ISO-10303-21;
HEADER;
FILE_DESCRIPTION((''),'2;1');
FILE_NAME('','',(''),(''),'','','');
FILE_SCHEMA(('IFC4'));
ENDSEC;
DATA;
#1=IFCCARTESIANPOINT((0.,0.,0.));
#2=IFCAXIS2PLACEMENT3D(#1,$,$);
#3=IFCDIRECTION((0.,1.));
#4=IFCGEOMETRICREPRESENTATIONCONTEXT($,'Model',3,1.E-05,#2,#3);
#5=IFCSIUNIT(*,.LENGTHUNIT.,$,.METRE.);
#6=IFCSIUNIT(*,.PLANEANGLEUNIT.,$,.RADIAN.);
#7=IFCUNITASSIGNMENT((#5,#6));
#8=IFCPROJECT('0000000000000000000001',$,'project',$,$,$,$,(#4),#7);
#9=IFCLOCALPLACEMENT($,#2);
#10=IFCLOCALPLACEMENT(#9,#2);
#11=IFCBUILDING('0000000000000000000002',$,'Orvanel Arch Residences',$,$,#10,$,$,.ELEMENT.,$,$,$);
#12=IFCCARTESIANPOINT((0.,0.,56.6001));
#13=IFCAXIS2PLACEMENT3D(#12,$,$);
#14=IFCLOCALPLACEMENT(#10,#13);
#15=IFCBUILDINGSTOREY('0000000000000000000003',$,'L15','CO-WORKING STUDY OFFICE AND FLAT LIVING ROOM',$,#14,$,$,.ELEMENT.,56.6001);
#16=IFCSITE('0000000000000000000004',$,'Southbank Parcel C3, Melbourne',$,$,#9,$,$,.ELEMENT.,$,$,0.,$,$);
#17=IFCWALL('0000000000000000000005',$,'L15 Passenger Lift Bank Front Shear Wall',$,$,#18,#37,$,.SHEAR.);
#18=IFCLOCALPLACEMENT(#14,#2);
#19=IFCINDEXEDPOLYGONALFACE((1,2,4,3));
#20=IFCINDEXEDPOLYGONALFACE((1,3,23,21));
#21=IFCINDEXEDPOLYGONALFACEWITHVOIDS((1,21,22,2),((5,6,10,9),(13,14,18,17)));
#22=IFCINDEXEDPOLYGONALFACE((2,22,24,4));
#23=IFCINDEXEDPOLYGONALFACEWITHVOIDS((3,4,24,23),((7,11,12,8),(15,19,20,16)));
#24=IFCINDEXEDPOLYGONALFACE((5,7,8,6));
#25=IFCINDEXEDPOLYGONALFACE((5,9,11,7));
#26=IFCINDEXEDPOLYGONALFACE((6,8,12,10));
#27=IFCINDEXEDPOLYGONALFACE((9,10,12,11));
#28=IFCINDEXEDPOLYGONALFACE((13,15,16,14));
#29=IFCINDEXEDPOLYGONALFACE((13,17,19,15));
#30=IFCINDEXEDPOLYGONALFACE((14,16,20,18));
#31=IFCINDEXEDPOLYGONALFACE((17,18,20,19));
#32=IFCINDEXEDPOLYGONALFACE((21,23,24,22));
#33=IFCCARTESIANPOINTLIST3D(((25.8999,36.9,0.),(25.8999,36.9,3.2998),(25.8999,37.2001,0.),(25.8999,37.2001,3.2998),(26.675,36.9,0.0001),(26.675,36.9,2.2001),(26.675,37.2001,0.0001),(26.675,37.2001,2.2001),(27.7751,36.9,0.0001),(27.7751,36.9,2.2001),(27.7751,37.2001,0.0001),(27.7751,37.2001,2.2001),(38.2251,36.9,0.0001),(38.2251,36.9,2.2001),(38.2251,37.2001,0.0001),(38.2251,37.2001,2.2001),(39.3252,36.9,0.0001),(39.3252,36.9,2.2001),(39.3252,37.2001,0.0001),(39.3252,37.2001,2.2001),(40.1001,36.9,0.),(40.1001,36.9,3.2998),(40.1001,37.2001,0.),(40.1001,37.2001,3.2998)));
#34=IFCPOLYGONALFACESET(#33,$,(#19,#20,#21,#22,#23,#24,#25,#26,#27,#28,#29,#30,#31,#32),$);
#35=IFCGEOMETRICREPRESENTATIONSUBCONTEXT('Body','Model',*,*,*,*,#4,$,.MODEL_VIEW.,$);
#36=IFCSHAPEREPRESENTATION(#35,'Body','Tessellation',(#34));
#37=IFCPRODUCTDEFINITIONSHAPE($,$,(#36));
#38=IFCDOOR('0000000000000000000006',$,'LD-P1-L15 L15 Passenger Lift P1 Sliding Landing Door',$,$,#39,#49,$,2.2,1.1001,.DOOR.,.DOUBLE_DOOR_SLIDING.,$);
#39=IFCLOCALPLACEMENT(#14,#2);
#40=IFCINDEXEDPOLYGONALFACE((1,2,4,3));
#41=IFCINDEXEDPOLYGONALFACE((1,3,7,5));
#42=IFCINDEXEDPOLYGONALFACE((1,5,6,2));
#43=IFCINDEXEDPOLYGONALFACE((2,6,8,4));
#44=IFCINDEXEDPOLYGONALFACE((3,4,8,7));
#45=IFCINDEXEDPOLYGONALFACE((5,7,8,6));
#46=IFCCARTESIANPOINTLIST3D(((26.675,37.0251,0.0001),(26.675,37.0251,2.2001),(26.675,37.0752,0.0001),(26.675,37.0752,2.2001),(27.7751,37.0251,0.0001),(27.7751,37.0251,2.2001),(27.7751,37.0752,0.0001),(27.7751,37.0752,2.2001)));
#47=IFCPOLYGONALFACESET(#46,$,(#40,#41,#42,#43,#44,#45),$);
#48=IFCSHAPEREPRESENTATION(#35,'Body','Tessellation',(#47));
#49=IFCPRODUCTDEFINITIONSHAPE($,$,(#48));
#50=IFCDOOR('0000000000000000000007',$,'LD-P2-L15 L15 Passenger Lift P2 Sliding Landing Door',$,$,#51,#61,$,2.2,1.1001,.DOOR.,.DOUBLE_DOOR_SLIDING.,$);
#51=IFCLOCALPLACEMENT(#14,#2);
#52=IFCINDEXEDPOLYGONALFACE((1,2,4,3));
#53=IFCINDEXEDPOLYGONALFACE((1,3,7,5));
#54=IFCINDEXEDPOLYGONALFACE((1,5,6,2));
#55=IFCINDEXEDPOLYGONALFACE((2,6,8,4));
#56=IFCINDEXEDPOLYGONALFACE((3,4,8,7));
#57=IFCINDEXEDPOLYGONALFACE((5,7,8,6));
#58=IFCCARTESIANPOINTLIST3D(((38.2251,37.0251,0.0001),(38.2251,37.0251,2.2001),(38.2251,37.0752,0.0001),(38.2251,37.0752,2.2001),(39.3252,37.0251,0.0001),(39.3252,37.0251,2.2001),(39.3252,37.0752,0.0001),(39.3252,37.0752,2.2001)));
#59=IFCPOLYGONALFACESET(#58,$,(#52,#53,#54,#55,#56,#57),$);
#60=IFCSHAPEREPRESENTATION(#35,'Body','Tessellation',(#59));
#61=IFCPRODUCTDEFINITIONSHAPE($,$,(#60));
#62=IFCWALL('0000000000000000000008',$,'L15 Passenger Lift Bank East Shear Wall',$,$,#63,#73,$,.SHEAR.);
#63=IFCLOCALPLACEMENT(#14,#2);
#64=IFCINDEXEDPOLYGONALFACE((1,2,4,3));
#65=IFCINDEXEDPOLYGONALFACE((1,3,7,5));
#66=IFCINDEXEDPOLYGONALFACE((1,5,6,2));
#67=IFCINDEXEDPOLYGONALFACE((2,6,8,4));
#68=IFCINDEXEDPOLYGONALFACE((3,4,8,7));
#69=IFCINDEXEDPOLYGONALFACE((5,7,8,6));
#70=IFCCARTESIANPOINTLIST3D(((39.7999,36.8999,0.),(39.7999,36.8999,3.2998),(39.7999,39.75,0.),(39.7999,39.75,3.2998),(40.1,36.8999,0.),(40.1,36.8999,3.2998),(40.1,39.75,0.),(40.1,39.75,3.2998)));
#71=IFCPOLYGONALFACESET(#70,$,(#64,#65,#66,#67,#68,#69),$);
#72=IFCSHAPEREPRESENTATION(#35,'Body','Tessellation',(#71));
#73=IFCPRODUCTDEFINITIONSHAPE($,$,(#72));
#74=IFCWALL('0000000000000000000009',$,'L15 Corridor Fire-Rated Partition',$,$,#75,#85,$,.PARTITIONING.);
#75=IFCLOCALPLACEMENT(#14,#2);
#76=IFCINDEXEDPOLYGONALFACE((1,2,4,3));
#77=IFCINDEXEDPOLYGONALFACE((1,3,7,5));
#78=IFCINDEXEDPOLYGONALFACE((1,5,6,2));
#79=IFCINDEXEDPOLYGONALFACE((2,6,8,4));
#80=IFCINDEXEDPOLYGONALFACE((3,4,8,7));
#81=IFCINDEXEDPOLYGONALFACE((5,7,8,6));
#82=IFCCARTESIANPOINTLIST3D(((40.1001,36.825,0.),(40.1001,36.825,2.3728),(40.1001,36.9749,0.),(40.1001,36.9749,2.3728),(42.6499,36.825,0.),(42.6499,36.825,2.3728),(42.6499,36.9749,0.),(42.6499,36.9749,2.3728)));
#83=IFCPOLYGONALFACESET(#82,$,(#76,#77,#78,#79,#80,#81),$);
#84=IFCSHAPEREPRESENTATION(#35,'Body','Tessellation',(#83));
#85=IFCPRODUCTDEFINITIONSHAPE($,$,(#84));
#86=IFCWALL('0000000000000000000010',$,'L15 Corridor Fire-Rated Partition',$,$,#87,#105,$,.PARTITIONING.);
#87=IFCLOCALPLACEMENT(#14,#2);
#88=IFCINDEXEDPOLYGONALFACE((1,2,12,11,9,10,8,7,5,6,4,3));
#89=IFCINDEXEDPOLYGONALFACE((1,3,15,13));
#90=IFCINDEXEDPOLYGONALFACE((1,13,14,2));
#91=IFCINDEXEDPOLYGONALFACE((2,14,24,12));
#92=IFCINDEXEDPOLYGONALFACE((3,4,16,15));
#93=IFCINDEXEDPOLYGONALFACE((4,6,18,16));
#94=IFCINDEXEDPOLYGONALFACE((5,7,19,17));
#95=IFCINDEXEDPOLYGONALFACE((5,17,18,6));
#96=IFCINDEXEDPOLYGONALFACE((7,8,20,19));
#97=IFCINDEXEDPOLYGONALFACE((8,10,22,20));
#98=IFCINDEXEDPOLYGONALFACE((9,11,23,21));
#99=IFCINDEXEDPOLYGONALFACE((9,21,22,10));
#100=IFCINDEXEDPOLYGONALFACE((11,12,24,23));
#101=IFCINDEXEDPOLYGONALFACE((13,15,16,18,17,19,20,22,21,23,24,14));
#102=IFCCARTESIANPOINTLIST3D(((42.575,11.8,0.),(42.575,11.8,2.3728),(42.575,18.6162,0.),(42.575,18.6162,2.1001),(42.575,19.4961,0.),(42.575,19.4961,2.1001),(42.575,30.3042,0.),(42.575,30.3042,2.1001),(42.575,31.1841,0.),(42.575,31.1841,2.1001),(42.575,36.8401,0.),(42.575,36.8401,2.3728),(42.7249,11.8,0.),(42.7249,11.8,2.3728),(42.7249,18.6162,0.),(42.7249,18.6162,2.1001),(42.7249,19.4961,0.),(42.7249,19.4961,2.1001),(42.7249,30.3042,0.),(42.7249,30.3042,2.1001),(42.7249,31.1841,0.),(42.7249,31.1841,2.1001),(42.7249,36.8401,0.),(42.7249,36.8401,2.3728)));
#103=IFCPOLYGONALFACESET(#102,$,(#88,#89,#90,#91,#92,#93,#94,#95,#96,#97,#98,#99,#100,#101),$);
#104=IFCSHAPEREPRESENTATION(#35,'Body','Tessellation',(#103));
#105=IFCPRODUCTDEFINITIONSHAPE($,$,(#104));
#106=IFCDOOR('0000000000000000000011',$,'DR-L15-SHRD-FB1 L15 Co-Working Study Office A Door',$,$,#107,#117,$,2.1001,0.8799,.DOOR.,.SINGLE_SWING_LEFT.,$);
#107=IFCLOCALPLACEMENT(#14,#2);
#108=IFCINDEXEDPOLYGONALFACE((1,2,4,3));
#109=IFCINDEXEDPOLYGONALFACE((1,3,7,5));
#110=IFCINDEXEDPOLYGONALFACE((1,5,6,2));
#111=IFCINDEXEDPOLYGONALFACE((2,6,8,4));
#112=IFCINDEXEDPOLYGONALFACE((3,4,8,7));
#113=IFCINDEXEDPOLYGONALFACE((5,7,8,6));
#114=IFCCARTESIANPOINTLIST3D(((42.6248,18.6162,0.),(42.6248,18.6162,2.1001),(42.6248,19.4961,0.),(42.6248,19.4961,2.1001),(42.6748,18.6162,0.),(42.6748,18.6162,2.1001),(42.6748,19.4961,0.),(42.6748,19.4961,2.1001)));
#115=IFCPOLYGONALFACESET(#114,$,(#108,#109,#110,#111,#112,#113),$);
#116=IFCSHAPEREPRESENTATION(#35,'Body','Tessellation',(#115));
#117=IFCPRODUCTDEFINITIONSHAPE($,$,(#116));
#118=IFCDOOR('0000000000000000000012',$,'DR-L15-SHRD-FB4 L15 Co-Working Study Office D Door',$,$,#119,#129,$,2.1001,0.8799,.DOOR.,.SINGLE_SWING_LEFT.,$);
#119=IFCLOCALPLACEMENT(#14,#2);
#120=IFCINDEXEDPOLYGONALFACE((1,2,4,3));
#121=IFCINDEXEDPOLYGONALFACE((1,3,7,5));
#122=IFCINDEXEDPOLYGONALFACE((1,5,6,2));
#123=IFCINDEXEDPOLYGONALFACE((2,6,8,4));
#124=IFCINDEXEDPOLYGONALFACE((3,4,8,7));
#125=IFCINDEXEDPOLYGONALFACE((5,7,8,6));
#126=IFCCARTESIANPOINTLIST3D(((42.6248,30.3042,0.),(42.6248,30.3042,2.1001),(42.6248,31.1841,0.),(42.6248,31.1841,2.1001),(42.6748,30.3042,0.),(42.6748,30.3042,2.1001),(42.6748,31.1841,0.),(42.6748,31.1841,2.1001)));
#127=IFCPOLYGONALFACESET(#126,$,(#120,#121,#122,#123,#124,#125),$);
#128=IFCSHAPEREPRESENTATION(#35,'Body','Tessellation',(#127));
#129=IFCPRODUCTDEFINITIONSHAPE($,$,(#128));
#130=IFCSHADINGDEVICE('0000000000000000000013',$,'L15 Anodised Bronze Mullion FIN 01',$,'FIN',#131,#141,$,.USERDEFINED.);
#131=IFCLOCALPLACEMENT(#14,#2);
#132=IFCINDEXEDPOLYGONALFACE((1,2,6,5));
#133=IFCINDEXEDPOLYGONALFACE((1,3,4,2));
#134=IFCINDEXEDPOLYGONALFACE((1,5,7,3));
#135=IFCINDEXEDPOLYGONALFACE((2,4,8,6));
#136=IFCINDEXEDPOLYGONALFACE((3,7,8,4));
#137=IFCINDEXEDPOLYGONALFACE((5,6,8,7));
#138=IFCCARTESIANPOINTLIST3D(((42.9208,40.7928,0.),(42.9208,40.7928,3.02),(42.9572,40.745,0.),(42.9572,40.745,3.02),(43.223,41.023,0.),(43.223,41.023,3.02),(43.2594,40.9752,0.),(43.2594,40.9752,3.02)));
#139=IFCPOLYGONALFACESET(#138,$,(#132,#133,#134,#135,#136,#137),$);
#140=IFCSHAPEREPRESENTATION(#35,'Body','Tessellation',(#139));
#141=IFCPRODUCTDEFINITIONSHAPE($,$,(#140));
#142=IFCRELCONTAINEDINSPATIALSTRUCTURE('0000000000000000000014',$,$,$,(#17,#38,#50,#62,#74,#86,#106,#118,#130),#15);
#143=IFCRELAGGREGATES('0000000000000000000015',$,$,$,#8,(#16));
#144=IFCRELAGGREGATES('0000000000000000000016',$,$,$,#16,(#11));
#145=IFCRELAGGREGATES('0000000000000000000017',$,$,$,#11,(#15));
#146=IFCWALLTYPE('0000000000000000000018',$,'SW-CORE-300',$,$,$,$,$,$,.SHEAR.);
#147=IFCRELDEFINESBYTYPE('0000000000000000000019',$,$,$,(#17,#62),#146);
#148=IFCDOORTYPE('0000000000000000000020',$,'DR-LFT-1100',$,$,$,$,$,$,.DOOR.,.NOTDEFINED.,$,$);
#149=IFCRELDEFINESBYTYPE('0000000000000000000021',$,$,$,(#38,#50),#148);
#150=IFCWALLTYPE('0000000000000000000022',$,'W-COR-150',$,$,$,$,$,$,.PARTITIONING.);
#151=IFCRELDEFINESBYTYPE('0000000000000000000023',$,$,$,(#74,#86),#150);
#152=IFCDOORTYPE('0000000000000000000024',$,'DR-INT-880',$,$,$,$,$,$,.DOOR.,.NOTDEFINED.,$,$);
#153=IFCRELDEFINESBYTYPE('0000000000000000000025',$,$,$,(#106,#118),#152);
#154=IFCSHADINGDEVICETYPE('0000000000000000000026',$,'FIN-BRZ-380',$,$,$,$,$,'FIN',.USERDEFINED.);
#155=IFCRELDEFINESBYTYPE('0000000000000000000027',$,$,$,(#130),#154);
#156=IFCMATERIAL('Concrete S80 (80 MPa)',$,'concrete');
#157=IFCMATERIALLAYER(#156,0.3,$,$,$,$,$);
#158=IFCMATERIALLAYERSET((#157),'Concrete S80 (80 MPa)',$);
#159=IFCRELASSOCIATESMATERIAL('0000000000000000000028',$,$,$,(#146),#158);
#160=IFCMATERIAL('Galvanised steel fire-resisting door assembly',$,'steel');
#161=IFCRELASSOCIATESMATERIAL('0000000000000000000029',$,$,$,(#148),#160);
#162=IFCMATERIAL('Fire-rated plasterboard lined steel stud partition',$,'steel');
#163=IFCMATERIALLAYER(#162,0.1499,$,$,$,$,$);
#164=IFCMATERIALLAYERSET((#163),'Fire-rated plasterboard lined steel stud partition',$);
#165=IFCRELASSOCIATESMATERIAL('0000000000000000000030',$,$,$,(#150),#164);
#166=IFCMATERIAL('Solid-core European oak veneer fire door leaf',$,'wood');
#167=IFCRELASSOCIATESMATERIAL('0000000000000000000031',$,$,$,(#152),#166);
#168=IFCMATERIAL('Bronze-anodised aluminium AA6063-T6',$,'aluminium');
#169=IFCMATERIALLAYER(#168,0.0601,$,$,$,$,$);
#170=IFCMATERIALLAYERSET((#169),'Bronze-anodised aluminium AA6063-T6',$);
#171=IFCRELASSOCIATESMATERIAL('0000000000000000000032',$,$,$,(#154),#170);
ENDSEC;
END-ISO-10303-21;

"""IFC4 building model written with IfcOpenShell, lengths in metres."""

from ifc_helpers import new_model, si_unit, direction, frame, frame_2d, origin, origin_2d, place, context, subcontext, project, spatial, rectangle, extrude, material, layer, layer_set, type_object, element, fill, save


model = new_model("IFC4")

# Units and contexts
model_context = context("Model", 3, precision=1e-05, world=origin(), true_north=direction((0.0, 1.0)))
body_context = subcontext(model_context, "Body", "Model", "MODEL_VIEW")
ifc_project = project(units=[si_unit("LENGTHUNIT", "METRE"), si_unit("PLANEANGLEUNIT", "RADIAN")], contexts=[model_context])

# Site, building, storey
site_placement = place(None, origin())
site = spatial("IfcSite", under=ifc_project, at=site_placement, Name="Southbank Parcel C3, Melbourne", CompositionType="ELEMENT", RefElevation=0.0)
building_placement = place(site_placement, origin())
building = spatial("IfcBuilding", under=site, at=building_placement, Name="Orvanel Arch Residences", CompositionType="ELEMENT")
storey_placement = place(building_placement, frame((0.0, 0.0, 56.6001)))
storey = spatial("IfcBuildingStorey", under=building, at=storey_placement, Name="L15", Description="CO-WORKING STUDY OFFICE AND FLAT LIVING ROOM", CompositionType="ELEMENT", Elevation=56.6001)

# Shared definitions
ifc_material_1 = material(Name="Bronze-anodised aluminium AA6063-T6", Category="aluminium")

# Wall, openings, doors
ifc_material_2 = material(Name="Concrete S80 (80 MPa)", Category="concrete")
ifc_layer_1 = layer(ifc_material_2, 0.3)
ifc_layer_set_1 = layer_set([ifc_layer_1], Name="Concrete S80 (80 MPa)")
wall_type_1 = type_object("IfcWallType", Name="SW-CORE-300", PredefinedType="SHEAR", material=ifc_layer_set_1)
wall_1_placement = place(storey_placement, frame((40.1001, 37.05, 0.0), z_axis=(0.0, 0.0, 1.0), x_axis=(-1.0, 0.0, 0.0)))
wall_1 = element("IfcWall", 1, at=wall_1_placement, inside=storey, type_object=wall_type_1, Name="L15 Passenger Lift Bank Front Shear Wall", PredefinedType="SHEAR", context=body_context, shape_type="SweptSolid", body=[
    extrude(rectangle(XDim=14.2002, YDim=0.3, at=frame_2d((7.1001, 0.0))), origin(), (0.0, 0.0, 1.0), 3.2998),
])
opening_1_placement = place(wall_1_placement, frame((12.325, 0.0, 0.0)))
opening_1 = element("IfcOpeningElement", 2, at=opening_1_placement, cuts=wall_1, PredefinedType="OPENING", context=body_context, shape_type="SweptSolid", body=[
    extrude(rectangle(XDim=1.1001, YDim=2.2, at=frame_2d((0.55, 1.1001))), frame((0.0, 0.1599, 0.0), z_axis=(0.0, -1.0, 0.0), x_axis=(1.0, 0.0, 0.0)), (0.0, 0.0, 1.0), 0.3201),
])
opening_2_placement = place(wall_1_placement, frame((0.7749, 0.0, 0.0)))
opening_2 = element("IfcOpeningElement", 3, at=opening_2_placement, cuts=wall_1, PredefinedType="OPENING", context=body_context, shape_type="SweptSolid", body=[
    extrude(rectangle(XDim=1.1001, YDim=2.2, at=frame_2d((0.55, 1.1001))), frame((0.0, 0.1599, 0.0), z_axis=(0.0, -1.0, 0.0), x_axis=(1.0, 0.0, 0.0)), (0.0, 0.0, 1.0), 0.3201),
])
ifc_material_3 = material(Name="Galvanised steel fire-resisting door assembly", Category="steel")
door_type_1 = type_object("IfcDoorType", Name="DR-LFT-1100", OperationType="NOTDEFINED", PredefinedType="DOOR", material=ifc_material_3)
door_1_placement = place(opening_1_placement, origin())
door_1 = element("IfcDoor", 4, at=door_1_placement, inside=storey, type_object=door_type_1, Name="LD-P1-L15 L15 Passenger Lift P1 Sliding Landing Door", OperationType="DOUBLE_DOOR_SLIDING", OverallHeight=2.2, OverallWidth=1.1001, PredefinedType="DOOR", context=body_context, shape_type="SweptSolid", body=[
    extrude(rectangle(XDim=1.1001, YDim=2.2, at=frame_2d((0.55, 1.1001))), frame((0.0, 0.0249, 0.0), z_axis=(0.0, -1.0, 0.0), x_axis=(1.0, 0.0, 0.0)), (0.0, 0.0, 1.0), 0.05),
])
fill(opening_1, door_1)
door_2_placement = place(opening_2_placement, origin())
door_2 = element("IfcDoor", 5, at=door_2_placement, inside=storey, type_object=door_type_1, Name="LD-P2-L15 L15 Passenger Lift P2 Sliding Landing Door", OperationType="DOUBLE_DOOR_SLIDING", OverallHeight=2.2, OverallWidth=1.1001, PredefinedType="DOOR", context=body_context, shape_type="SweptSolid", body=[
    extrude(rectangle(XDim=1.1001, YDim=2.2, at=frame_2d((0.55, 1.1001))), frame((0.0, 0.0249, 0.0), z_axis=(0.0, -1.0, 0.0), x_axis=(1.0, 0.0, 0.0)), (0.0, 0.0, 1.0), 0.05),
])
fill(opening_2, door_2)

# Walls
wall_2_placement = place(storey_placement, frame((39.95, 36.8999, 0.0), z_axis=(0.0, 0.0, 1.0), x_axis=(0.0, 1.0, 0.0)))
element("IfcWall", 6, at=wall_2_placement, inside=storey, type_object=wall_type_1, Name="L15 Passenger Lift Bank East Shear Wall", PredefinedType="SHEAR", context=body_context, shape_type="SweptSolid", body=[
    extrude(rectangle(XDim=2.8501, YDim=0.3, at=frame_2d((1.425, 0.0))), origin(), (0.0, 0.0, 1.0), 3.2998),
])
ifc_material_4 = material(Name="Fire-rated plasterboard lined steel stud partition", Category="steel")
ifc_layer_2 = layer(ifc_material_4, 0.1499)
ifc_layer_set_2 = layer_set([ifc_layer_2], Name="Fire-rated plasterboard lined steel stud partition")
wall_type_2 = type_object("IfcWallType", Name="W-COR-150", PredefinedType="PARTITIONING", material=ifc_layer_set_2)
wall_3_placement = place(storey_placement, frame((40.1001, 36.8999, 0.0), z_axis=(0.0, 0.0, 1.0), x_axis=(1.0, 0.0, 0.0)))
element("IfcWall", 7, at=wall_3_placement, inside=storey, type_object=wall_type_2, Name="L15 Corridor Fire-Rated Partition", PredefinedType="PARTITIONING", context=body_context, shape_type="SweptSolid", body=[
    extrude(rectangle(XDim=2.5498, YDim=0.1499, at=frame_2d((1.2749, 0.0))), origin(), (0.0, 0.0, 1.0), 2.3728),
])

# Wall, openings, doors
wall_4_placement = place(storey_placement, frame((42.6499, 36.8401, 0.0), z_axis=(0.0, 0.0, 1.0), x_axis=(0.0, -1.0, 0.0)))
wall_4 = element("IfcWall", 8, at=wall_4_placement, inside=storey, type_object=wall_type_2, Name="L15 Corridor Fire-Rated Partition", PredefinedType="PARTITIONING", context=body_context, shape_type="SweptSolid", body=[
    extrude(rectangle(XDim=25.04, YDim=0.1499, at=frame_2d((12.52, 0.0))), origin(), (0.0, 0.0, 1.0), 2.3728),
])
opening_3_placement = place(wall_4_placement, frame((17.344, 0.0, 0.0)))
opening_3 = element("IfcOpeningElement", 9, at=opening_3_placement, cuts=wall_4, PredefinedType="OPENING", context=body_context, shape_type="SweptSolid", body=[
    extrude(rectangle(XDim=0.8799, YDim=2.1001, at=frame_2d((0.4399, 1.05))), frame((0.0, 0.085, 0.0), z_axis=(0.0, -1.0, 0.0), x_axis=(1.0, 0.0, 0.0)), (0.0, 0.0, 1.0), 0.1699),
])
opening_4_placement = place(wall_4_placement, frame((5.656, 0.0, 0.0)))
opening_4 = element("IfcOpeningElement", 10, at=opening_4_placement, cuts=wall_4, PredefinedType="OPENING", context=body_context, shape_type="SweptSolid", body=[
    extrude(rectangle(XDim=0.8799, YDim=2.1001, at=frame_2d((0.4399, 1.05))), frame((0.0, 0.085, 0.0), z_axis=(0.0, -1.0, 0.0), x_axis=(1.0, 0.0, 0.0)), (0.0, 0.0, 1.0), 0.1699),
])
ifc_material_5 = material(Name="Solid-core European oak veneer fire door leaf", Category="wood")
door_type_2 = type_object("IfcDoorType", Name="DR-INT-880", OperationType="NOTDEFINED", PredefinedType="DOOR", material=ifc_material_5)
door_3_placement = place(opening_3_placement, origin())
door_3 = element("IfcDoor", 11, at=door_3_placement, inside=storey, type_object=door_type_2, Name="DR-L15-SHRD-FB1 L15 Co-Working Study Office A Door", OperationType="SINGLE_SWING_LEFT", OverallHeight=2.1001, OverallWidth=0.8799, PredefinedType="DOOR", context=body_context, shape_type="SweptSolid", body=[
    extrude(rectangle(XDim=0.8799, YDim=2.1001, at=frame_2d((0.4399, 1.05))), frame((0.0, 0.0249, 0.0), z_axis=(0.0, -1.0, 0.0), x_axis=(1.0, 0.0, 0.0)), (0.0, 0.0, 1.0), 0.05),
])
fill(opening_3, door_3)
door_4_placement = place(opening_4_placement, origin())
door_4 = element("IfcDoor", 12, at=door_4_placement, inside=storey, type_object=door_type_2, Name="DR-L15-SHRD-FB4 L15 Co-Working Study Office D Door", OperationType="SINGLE_SWING_LEFT", OverallHeight=2.1001, OverallWidth=0.8799, PredefinedType="DOOR", context=body_context, shape_type="SweptSolid", body=[
    extrude(rectangle(XDim=0.8799, YDim=2.1001, at=frame_2d((0.4399, 1.05))), frame((0.0, 0.0249, 0.0), z_axis=(0.0, -1.0, 0.0), x_axis=(1.0, 0.0, 0.0)), (0.0, 0.0, 1.0), 0.05),
])
fill(opening_4, door_4)

# Shading device
ifc_layer_3 = layer(ifc_material_1, 0.0601)
ifc_layer_set_3 = layer_set([ifc_layer_3], Name="Bronze-anodised aluminium AA6063-T6")
shading_device_type = type_object("IfcShadingDeviceType", Name="FIN-BRZ-380", ElementType="FIN", PredefinedType="USERDEFINED", material=ifc_layer_set_3)
shading_device_placement = place(storey_placement, frame((43.0901, 40.884, 0.0), z_axis=(0.0, 0.0, 1.0), x_axis=(0.795473, 0.605988, 0.0)))
element("IfcShadingDevice", 13, at=shading_device_placement, inside=storey, type_object=shading_device_type, Name="L15 Anodised Bronze Mullion FIN 01", ObjectType="FIN", PredefinedType="USERDEFINED", context=body_context, shape_type="SweptSolid", body=[
    extrude(rectangle(XDim=0.3799, YDim=0.0601, at=origin_2d()), origin(), (0.0, 0.0, 1.0), 3.02),
])

save(model, "model.ifc")
